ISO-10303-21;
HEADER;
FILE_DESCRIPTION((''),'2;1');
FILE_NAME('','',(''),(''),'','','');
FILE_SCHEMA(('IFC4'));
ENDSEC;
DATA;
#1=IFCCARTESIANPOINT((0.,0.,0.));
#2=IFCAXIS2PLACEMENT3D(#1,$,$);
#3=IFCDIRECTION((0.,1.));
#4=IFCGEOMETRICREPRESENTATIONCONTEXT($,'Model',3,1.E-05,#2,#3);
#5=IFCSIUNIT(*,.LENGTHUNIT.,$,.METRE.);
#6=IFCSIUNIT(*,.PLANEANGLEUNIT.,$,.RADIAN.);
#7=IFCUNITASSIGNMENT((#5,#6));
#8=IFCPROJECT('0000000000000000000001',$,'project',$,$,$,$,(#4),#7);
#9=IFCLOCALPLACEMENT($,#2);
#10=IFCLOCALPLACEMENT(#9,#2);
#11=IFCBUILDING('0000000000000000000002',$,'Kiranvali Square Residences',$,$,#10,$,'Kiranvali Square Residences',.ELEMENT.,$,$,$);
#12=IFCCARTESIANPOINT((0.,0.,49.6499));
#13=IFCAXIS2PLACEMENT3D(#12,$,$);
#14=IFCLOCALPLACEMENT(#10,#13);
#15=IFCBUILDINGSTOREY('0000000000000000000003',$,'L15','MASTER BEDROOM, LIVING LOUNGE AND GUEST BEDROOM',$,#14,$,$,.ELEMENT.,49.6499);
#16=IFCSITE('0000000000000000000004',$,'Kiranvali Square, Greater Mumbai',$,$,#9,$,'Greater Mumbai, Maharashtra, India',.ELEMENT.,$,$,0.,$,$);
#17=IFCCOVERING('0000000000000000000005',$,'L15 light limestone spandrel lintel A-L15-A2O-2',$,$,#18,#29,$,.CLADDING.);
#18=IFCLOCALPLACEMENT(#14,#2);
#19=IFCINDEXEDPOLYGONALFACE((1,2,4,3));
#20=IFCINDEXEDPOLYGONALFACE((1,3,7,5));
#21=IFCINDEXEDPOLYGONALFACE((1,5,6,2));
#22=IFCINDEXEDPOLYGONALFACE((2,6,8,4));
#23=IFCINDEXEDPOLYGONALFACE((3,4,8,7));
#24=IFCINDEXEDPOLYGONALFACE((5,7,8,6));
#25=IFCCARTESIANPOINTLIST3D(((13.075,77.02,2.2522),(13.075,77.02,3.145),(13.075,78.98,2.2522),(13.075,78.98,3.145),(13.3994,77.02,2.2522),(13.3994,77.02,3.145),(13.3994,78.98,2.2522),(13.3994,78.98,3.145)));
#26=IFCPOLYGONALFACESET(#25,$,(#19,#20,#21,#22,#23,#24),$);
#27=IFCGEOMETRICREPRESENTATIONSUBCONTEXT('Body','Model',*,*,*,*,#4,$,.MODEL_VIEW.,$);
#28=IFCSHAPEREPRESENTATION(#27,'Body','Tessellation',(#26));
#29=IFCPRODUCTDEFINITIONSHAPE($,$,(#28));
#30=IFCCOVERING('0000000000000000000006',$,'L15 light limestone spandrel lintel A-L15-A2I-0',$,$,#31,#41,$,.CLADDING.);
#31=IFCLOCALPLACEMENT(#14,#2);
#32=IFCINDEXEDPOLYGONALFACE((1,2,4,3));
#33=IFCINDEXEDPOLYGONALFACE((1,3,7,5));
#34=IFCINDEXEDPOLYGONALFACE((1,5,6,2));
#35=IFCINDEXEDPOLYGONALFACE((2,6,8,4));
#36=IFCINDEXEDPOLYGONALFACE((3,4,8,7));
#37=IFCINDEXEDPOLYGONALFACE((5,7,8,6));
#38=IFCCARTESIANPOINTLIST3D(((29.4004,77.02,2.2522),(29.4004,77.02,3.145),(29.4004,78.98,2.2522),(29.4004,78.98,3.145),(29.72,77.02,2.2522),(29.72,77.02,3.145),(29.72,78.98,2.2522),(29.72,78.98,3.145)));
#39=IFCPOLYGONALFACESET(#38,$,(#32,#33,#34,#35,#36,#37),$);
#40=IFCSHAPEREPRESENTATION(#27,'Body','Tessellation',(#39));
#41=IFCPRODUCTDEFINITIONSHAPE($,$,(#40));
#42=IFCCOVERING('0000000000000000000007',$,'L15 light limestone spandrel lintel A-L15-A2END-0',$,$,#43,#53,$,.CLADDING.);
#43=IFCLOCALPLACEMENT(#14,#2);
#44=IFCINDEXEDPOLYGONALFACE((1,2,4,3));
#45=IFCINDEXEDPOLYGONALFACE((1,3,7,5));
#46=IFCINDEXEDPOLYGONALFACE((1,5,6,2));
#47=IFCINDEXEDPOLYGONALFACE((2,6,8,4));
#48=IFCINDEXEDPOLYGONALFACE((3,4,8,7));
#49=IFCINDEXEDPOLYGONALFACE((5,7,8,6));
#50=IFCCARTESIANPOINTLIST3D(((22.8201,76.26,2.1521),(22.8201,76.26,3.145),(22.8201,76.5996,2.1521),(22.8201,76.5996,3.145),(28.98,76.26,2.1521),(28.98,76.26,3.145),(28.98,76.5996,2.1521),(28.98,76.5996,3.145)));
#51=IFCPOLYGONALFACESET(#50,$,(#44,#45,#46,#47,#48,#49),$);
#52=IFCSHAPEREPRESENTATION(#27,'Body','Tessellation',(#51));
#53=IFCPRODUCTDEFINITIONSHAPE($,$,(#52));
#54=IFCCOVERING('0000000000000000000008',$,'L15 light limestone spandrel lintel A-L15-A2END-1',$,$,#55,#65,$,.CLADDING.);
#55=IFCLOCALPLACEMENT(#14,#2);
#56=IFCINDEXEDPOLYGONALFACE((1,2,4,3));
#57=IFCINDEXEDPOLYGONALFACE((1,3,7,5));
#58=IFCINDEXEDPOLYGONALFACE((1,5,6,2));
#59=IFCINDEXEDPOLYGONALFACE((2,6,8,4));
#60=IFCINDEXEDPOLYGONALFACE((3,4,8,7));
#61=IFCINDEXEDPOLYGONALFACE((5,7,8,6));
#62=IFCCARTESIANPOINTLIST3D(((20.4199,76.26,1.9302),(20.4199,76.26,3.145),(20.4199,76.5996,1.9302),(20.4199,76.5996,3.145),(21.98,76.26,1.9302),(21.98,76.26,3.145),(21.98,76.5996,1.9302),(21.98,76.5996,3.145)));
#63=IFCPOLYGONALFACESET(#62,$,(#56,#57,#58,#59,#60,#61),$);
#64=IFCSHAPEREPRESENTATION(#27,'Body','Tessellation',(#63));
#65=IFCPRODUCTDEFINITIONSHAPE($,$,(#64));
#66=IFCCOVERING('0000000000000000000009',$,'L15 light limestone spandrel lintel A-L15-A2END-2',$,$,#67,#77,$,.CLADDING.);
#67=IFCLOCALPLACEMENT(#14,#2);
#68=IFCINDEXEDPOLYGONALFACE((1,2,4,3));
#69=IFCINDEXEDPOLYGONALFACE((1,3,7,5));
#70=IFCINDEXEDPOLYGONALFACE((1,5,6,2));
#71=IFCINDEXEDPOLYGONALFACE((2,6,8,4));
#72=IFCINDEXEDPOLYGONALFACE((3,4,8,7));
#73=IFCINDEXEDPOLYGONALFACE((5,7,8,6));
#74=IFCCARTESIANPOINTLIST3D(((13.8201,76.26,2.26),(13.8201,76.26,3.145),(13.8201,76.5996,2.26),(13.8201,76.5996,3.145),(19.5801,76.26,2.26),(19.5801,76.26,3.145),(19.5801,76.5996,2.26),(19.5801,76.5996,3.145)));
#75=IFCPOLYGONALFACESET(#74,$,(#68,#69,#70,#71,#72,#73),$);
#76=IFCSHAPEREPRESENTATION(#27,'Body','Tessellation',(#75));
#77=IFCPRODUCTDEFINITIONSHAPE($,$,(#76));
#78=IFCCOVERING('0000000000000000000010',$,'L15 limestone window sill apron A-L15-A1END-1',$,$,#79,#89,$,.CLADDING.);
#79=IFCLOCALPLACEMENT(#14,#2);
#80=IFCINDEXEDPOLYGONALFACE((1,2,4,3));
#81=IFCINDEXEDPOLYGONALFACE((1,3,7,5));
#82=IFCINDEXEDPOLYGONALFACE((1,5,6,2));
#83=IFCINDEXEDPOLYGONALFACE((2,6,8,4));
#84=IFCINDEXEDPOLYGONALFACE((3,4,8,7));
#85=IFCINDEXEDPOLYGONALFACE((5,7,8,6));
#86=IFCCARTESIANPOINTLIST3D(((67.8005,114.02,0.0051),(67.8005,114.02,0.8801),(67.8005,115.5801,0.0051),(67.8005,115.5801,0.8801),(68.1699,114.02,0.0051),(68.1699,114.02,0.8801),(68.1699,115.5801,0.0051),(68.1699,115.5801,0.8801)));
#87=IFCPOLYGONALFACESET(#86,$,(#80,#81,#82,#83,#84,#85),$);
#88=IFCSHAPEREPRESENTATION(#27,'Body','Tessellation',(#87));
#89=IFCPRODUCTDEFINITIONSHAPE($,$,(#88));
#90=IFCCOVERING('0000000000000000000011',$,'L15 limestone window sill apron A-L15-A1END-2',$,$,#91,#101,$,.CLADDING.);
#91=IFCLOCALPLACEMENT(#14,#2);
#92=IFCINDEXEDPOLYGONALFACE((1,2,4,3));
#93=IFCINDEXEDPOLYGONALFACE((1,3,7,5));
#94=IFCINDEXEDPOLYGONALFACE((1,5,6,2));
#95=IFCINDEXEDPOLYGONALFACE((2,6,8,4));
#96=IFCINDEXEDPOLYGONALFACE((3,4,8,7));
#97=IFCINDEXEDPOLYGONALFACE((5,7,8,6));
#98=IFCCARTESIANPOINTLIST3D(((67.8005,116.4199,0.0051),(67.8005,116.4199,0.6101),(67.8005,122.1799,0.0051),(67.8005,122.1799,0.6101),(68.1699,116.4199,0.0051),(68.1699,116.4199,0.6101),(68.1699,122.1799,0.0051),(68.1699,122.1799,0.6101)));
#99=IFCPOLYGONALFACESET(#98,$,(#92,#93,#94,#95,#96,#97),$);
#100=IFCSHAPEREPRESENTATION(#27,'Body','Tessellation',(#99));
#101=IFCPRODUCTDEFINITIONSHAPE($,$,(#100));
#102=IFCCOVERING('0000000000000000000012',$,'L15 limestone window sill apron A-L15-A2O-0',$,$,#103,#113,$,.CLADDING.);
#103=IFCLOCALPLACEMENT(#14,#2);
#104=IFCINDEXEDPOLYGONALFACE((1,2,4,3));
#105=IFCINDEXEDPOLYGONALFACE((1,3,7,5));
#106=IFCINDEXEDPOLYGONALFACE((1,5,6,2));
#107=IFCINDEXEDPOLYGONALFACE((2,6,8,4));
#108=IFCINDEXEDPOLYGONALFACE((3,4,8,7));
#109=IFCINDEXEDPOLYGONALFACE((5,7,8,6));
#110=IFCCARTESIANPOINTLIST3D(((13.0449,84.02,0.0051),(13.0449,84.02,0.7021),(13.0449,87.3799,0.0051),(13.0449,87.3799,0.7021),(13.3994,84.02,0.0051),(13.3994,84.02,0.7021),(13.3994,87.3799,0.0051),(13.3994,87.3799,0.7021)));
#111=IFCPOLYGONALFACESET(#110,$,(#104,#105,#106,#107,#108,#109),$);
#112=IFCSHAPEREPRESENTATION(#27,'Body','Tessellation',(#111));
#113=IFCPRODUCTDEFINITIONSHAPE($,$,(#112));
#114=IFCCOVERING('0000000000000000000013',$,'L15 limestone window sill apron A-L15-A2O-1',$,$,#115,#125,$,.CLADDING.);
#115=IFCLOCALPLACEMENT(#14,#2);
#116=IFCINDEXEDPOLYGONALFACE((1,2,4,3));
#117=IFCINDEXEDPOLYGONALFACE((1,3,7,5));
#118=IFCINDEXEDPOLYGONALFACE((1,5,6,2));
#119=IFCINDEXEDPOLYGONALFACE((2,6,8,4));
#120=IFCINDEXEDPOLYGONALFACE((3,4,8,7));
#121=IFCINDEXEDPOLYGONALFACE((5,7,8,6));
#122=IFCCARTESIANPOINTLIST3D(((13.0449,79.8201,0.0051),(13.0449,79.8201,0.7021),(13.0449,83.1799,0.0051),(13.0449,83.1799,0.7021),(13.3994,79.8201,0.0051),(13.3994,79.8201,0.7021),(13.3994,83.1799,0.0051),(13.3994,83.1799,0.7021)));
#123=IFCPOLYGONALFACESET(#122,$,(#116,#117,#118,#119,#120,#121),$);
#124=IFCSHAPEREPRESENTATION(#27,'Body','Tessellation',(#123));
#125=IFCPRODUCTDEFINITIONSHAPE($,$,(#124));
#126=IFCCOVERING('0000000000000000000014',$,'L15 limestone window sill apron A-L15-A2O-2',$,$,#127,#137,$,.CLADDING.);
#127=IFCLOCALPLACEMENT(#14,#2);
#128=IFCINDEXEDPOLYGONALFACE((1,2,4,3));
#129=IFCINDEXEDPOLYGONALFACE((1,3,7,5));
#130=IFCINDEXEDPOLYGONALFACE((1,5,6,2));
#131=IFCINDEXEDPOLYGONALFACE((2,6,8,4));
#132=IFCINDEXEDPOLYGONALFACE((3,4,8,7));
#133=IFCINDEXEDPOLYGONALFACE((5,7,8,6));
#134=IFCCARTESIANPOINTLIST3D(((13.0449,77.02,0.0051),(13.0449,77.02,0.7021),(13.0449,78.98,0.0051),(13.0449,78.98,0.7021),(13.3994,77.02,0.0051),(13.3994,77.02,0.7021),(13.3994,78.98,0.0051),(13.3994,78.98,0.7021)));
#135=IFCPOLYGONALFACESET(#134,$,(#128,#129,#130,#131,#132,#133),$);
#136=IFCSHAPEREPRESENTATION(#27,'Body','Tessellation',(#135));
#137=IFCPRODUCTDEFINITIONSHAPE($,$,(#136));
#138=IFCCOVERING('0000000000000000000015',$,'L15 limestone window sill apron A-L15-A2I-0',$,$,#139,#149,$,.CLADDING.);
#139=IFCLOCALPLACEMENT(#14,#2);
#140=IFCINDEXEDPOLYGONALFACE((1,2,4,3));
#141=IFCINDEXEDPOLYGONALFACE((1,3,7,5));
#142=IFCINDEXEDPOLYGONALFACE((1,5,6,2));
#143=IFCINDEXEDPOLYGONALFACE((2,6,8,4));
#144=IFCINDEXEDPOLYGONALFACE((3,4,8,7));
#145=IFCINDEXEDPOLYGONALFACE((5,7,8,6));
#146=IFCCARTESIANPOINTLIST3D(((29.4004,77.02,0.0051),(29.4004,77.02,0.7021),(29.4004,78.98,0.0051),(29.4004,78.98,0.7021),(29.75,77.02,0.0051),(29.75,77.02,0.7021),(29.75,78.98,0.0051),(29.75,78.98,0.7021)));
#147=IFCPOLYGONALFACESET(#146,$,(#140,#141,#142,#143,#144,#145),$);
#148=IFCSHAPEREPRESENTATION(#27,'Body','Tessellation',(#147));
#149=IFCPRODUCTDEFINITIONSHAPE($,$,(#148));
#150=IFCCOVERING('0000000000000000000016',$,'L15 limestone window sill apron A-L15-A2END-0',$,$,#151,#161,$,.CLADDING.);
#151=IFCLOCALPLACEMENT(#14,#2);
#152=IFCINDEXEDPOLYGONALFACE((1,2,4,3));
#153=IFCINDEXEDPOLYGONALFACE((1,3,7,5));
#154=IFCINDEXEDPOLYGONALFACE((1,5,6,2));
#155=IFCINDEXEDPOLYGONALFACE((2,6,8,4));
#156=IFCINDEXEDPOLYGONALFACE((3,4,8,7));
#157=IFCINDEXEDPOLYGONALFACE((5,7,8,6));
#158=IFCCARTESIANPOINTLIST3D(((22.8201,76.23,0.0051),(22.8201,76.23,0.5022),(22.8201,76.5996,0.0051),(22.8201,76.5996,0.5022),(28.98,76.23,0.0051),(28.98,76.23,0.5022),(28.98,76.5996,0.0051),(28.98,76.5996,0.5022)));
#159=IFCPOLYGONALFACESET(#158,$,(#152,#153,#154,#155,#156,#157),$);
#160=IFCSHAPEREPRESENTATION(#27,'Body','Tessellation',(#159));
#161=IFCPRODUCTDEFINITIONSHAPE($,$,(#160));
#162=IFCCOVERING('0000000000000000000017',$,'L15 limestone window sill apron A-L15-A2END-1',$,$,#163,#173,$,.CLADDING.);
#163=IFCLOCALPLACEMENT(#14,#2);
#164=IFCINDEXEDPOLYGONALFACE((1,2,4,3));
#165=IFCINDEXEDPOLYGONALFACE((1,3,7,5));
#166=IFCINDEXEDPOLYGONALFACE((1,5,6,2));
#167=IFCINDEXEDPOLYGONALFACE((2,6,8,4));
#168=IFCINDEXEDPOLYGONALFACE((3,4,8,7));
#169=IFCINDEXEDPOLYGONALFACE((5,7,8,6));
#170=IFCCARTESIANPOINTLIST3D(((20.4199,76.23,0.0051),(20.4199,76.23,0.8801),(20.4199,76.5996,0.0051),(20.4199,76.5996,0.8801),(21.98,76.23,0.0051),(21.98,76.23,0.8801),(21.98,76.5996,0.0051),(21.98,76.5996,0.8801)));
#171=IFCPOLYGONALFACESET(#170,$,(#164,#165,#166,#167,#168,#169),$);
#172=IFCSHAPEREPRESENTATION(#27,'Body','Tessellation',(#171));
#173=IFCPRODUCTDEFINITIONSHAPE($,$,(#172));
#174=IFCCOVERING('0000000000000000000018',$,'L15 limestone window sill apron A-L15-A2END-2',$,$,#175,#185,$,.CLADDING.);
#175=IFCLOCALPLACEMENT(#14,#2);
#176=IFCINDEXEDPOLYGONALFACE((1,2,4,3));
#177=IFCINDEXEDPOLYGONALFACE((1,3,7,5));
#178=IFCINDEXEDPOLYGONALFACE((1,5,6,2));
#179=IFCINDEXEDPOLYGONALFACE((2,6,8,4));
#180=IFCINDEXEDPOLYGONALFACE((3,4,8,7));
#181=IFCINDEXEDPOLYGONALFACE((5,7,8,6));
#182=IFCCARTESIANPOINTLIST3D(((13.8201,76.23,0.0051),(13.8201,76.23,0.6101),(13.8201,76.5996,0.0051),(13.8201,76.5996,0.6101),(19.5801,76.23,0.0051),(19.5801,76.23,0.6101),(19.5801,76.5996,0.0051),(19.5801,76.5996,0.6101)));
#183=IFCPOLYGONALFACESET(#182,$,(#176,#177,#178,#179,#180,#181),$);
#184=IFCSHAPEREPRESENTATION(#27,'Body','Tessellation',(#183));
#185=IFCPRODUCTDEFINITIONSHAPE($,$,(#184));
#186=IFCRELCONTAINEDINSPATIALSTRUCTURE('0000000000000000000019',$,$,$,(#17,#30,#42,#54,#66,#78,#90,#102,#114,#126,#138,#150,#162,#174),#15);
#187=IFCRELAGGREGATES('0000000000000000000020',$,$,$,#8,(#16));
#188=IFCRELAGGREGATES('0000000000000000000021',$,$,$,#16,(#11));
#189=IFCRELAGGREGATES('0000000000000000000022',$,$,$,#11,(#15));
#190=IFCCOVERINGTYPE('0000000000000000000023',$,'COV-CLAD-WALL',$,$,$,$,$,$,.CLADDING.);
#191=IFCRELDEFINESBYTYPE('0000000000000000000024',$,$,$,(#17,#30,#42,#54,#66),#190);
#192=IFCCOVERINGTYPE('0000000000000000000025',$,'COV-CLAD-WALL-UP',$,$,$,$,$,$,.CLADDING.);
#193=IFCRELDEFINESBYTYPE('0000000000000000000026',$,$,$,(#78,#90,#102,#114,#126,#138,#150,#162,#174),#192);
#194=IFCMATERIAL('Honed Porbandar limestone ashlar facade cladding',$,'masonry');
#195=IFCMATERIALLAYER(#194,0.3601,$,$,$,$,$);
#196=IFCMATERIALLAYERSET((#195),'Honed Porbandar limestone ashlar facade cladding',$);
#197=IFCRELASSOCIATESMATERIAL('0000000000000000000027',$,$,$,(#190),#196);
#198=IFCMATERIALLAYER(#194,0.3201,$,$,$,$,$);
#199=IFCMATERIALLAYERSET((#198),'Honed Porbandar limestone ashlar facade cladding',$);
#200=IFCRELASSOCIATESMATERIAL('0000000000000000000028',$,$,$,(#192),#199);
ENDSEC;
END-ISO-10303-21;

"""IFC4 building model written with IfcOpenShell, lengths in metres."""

from ifc_helpers import new_model, si_unit, direction, frame, origin, place, context, subcontext, project, spatial, polyline, outline, extrude, material, layer, layer_set, type_object, element, save


model = new_model("IFC4")

# Units and contexts
model_context = context("Model", 3, precision=1e-05, world=origin(), true_north=direction((0.0, 1.0)))
body_context = subcontext(model_context, "Body", "Model", "MODEL_VIEW")
ifc_project = project(units=[si_unit("LENGTHUNIT", "METRE"), si_unit("PLANEANGLEUNIT", "RADIAN")], contexts=[model_context])

# Site, building, storey
site_placement = place(None, origin())
site = spatial("IfcSite", under=ifc_project, at=site_placement, Name="Kiranvali Square, Greater Mumbai", LongName="Greater Mumbai, Maharashtra, India", CompositionType="ELEMENT", RefElevation=0.0)
building_placement = place(site_placement, origin())
building = spatial("IfcBuilding", under=site, at=building_placement, Name="Kiranvali Square Residences", LongName="Kiranvali Square Residences", CompositionType="ELEMENT")
storey_placement = place(building_placement, frame((0.0, 0.0, 49.6499)))
storey = spatial("IfcBuildingStorey", under=building, at=storey_placement, Name="L15", Description="MASTER BEDROOM, LIVING LOUNGE AND GUEST BEDROOM", CompositionType="ELEMENT", Elevation=49.6499)

# Coverings
ifc_material_1 = material(Name="Honed Porbandar limestone ashlar facade cladding", Category="masonry")
ifc_layer_1 = layer(ifc_material_1, 0.3601)
ifc_layer_set_1 = layer_set([ifc_layer_1], Name="Honed Porbandar limestone ashlar facade cladding")
covering_type_1 = type_object("IfcCoveringType", Name="COV-CLAD-WALL", PredefinedType="CLADDING", material=ifc_layer_set_1)
covering_1_placement = place(storey_placement, frame((0.0, 0.0, 2.2522)))
element("IfcCovering", 1, at=covering_1_placement, inside=storey, type_object=covering_type_1, Name="L15 light limestone spandrel lintel A-L15-A2O-2", PredefinedType="CLADDING", context=body_context, shape_type="SweptSolid", body=[
    extrude(outline(polyline([(13.075, 78.98), (13.075, 77.02), (13.3994, 77.02), (13.3994, 78.98), (13.075, 78.98)])), origin(), (0.0, 0.0, 1.0), 0.8928),
])
covering_2_placement = place(storey_placement, frame((0.0, 0.0, 2.2522)))
element("IfcCovering", 2, at=covering_2_placement, inside=storey, type_object=covering_type_1, Name="L15 light limestone spandrel lintel A-L15-A2I-0", PredefinedType="CLADDING", context=body_context, shape_type="SweptSolid", body=[
    extrude(outline(polyline([(29.4004, 78.98), (29.4004, 77.02), (29.72, 77.02), (29.72, 78.98), (29.4004, 78.98)])), origin(), (0.0, 0.0, 1.0), 0.8928),
])
covering_3_placement = place(storey_placement, frame((0.0, 0.0, 2.1521)))
element("IfcCovering", 3, at=covering_3_placement, inside=storey, type_object=covering_type_1, Name="L15 light limestone spandrel lintel A-L15-A2END-0", PredefinedType="CLADDING", context=body_context, shape_type="SweptSolid", body=[
    extrude(outline(polyline([(28.98, 76.5996), (22.8201, 76.5996), (22.8201, 76.26), (28.98, 76.26), (28.98, 76.5996)])), origin(), (0.0, 0.0, 1.0), 0.9929),
])
covering_4_placement = place(storey_placement, frame((0.0, 0.0, 1.9302)))
element("IfcCovering", 4, at=covering_4_placement, inside=storey, type_object=covering_type_1, Name="L15 light limestone spandrel lintel A-L15-A2END-1", PredefinedType="CLADDING", context=body_context, shape_type="SweptSolid", body=[
    extrude(outline(polyline([(21.98, 76.5996), (20.4199, 76.5996), (20.4199, 76.26), (21.98, 76.26), (21.98, 76.5996)])), origin(), (0.0, 0.0, 1.0), 1.2148),
])
covering_5_placement = place(storey_placement, frame((0.0, 0.0, 2.26)))
element("IfcCovering", 5, at=covering_5_placement, inside=storey, type_object=covering_type_1, Name="L15 light limestone spandrel lintel A-L15-A2END-2", PredefinedType="CLADDING", context=body_context, shape_type="SweptSolid", body=[
    extrude(outline(polyline([(19.5801, 76.5996), (13.8201, 76.5996), (13.8201, 76.26), (19.5801, 76.26), (19.5801, 76.5996)])), origin(), (0.0, 0.0, 1.0), 0.885),
])
ifc_layer_2 = layer(ifc_material_1, 0.3201)
ifc_layer_set_2 = layer_set([ifc_layer_2], Name="Honed Porbandar limestone ashlar facade cladding")
covering_type_2 = type_object("IfcCoveringType", Name="COV-CLAD-WALL-UP", PredefinedType="CLADDING", material=ifc_layer_set_2)
covering_6_placement = place(storey_placement, frame((0.0, 0.0, 0.0051)))
element("IfcCovering", 6, at=covering_6_placement, inside=storey, type_object=covering_type_2, Name="L15 limestone window sill apron A-L15-A1END-1", PredefinedType="CLADDING", context=body_context, shape_type="SweptSolid", body=[
    extrude(outline(polyline([(68.1699, 114.02), (68.1699, 115.5801), (67.8005, 115.5801), (67.8005, 114.02), (68.1699, 114.02)])), origin(), (0.0, 0.0, 1.0), 0.875),
])
covering_7_placement = place(storey_placement, frame((0.0, 0.0, 0.0051)))
element("IfcCovering", 7, at=covering_7_placement, inside=storey, type_object=covering_type_2, Name="L15 limestone window sill apron A-L15-A1END-2", PredefinedType="CLADDING", context=body_context, shape_type="SweptSolid", body=[
    extrude(outline(polyline([(68.1699, 116.4199), (68.1699, 122.1799), (67.8005, 122.1799), (67.8005, 116.4199), (68.1699, 116.4199)])), origin(), (0.0, 0.0, 1.0), 0.605),
])
covering_8_placement = place(storey_placement, frame((0.0, 0.0, 0.0051)))
element("IfcCovering", 8, at=covering_8_placement, inside=storey, type_object=covering_type_2, Name="L15 limestone window sill apron A-L15-A2O-0", PredefinedType="CLADDING", context=body_context, shape_type="SweptSolid", body=[
    extrude(outline(polyline([(13.0449, 87.3799), (13.0449, 84.02), (13.3994, 84.02), (13.3994, 87.3799), (13.0449, 87.3799)])), origin(), (0.0, 0.0, 1.0), 0.697),
])
covering_9_placement = place(storey_placement, frame((0.0, 0.0, 0.0051)))
element("IfcCovering", 9, at=covering_9_placement, inside=storey, type_object=covering_type_2, Name="L15 limestone window sill apron A-L15-A2O-1", PredefinedType="CLADDING", context=body_context, shape_type="SweptSolid", body=[
    extrude(outline(polyline([(13.0449, 83.1799), (13.0449, 79.8201), (13.3994, 79.8201), (13.3994, 83.1799), (13.0449, 83.1799)])), origin(), (0.0, 0.0, 1.0), 0.697),
])
covering_10_placement = place(storey_placement, frame((0.0, 0.0, 0.0051)))
element("IfcCovering", 10, at=covering_10_placement, inside=storey, type_object=covering_type_2, Name="L15 limestone window sill apron A-L15-A2O-2", PredefinedType="CLADDING", context=body_context, shape_type="SweptSolid", body=[
    extrude(outline(polyline([(13.0449, 78.98), (13.0449, 77.02), (13.3994, 77.02), (13.3994, 78.98), (13.0449, 78.98)])), origin(), (0.0, 0.0, 1.0), 0.697),
])
covering_11_placement = place(storey_placement, frame((0.0, 0.0, 0.0051)))
element("IfcCovering", 11, at=covering_11_placement, inside=storey, type_object=covering_type_2, Name="L15 limestone window sill apron A-L15-A2I-0", PredefinedType="CLADDING", context=body_context, shape_type="SweptSolid", body=[
    extrude(outline(polyline([(29.4004, 78.98), (29.4004, 77.02), (29.75, 77.02), (29.75, 78.98), (29.4004, 78.98)])), origin(), (0.0, 0.0, 1.0), 0.697),
])
covering_12_placement = place(storey_placement, frame((0.0, 0.0, 0.0051)))
element("IfcCovering", 12, at=covering_12_placement, inside=storey, type_object=covering_type_2, Name="L15 limestone window sill apron A-L15-A2END-0", PredefinedType="CLADDING", context=body_context, shape_type="SweptSolid", body=[
    extrude(outline(polyline([(28.98, 76.5996), (22.8201, 76.5996), (22.8201, 76.23), (28.98, 76.23), (28.98, 76.5996)])), origin(), (0.0, 0.0, 1.0), 0.4971),
])
covering_13_placement = place(storey_placement, frame((0.0, 0.0, 0.0051)))
element("IfcCovering", 13, at=covering_13_placement, inside=storey, type_object=covering_type_2, Name="L15 limestone window sill apron A-L15-A2END-1", PredefinedType="CLADDING", context=body_context, shape_type="SweptSolid", body=[
    extrude(outline(polyline([(21.98, 76.5996), (20.4199, 76.5996), (20.4199, 76.23), (21.98, 76.23), (21.98, 76.5996)])), origin(), (0.0, 0.0, 1.0), 0.875),
])
covering_14_placement = place(storey_placement, frame((0.0, 0.0, 0.0051)))
element("IfcCovering", 14, at=covering_14_placement, inside=storey, type_object=covering_type_2, Name="L15 limestone window sill apron A-L15-A2END-2", PredefinedType="CLADDING", context=body_context, shape_type="SweptSolid", body=[
    extrude(outline(polyline([(19.5801, 76.5996), (13.8201, 76.5996), (13.8201, 76.23), (19.5801, 76.23), (19.5801, 76.5996)])), origin(), (0.0, 0.0, 1.0), 0.605),
])

save(model, "model.ifc")
